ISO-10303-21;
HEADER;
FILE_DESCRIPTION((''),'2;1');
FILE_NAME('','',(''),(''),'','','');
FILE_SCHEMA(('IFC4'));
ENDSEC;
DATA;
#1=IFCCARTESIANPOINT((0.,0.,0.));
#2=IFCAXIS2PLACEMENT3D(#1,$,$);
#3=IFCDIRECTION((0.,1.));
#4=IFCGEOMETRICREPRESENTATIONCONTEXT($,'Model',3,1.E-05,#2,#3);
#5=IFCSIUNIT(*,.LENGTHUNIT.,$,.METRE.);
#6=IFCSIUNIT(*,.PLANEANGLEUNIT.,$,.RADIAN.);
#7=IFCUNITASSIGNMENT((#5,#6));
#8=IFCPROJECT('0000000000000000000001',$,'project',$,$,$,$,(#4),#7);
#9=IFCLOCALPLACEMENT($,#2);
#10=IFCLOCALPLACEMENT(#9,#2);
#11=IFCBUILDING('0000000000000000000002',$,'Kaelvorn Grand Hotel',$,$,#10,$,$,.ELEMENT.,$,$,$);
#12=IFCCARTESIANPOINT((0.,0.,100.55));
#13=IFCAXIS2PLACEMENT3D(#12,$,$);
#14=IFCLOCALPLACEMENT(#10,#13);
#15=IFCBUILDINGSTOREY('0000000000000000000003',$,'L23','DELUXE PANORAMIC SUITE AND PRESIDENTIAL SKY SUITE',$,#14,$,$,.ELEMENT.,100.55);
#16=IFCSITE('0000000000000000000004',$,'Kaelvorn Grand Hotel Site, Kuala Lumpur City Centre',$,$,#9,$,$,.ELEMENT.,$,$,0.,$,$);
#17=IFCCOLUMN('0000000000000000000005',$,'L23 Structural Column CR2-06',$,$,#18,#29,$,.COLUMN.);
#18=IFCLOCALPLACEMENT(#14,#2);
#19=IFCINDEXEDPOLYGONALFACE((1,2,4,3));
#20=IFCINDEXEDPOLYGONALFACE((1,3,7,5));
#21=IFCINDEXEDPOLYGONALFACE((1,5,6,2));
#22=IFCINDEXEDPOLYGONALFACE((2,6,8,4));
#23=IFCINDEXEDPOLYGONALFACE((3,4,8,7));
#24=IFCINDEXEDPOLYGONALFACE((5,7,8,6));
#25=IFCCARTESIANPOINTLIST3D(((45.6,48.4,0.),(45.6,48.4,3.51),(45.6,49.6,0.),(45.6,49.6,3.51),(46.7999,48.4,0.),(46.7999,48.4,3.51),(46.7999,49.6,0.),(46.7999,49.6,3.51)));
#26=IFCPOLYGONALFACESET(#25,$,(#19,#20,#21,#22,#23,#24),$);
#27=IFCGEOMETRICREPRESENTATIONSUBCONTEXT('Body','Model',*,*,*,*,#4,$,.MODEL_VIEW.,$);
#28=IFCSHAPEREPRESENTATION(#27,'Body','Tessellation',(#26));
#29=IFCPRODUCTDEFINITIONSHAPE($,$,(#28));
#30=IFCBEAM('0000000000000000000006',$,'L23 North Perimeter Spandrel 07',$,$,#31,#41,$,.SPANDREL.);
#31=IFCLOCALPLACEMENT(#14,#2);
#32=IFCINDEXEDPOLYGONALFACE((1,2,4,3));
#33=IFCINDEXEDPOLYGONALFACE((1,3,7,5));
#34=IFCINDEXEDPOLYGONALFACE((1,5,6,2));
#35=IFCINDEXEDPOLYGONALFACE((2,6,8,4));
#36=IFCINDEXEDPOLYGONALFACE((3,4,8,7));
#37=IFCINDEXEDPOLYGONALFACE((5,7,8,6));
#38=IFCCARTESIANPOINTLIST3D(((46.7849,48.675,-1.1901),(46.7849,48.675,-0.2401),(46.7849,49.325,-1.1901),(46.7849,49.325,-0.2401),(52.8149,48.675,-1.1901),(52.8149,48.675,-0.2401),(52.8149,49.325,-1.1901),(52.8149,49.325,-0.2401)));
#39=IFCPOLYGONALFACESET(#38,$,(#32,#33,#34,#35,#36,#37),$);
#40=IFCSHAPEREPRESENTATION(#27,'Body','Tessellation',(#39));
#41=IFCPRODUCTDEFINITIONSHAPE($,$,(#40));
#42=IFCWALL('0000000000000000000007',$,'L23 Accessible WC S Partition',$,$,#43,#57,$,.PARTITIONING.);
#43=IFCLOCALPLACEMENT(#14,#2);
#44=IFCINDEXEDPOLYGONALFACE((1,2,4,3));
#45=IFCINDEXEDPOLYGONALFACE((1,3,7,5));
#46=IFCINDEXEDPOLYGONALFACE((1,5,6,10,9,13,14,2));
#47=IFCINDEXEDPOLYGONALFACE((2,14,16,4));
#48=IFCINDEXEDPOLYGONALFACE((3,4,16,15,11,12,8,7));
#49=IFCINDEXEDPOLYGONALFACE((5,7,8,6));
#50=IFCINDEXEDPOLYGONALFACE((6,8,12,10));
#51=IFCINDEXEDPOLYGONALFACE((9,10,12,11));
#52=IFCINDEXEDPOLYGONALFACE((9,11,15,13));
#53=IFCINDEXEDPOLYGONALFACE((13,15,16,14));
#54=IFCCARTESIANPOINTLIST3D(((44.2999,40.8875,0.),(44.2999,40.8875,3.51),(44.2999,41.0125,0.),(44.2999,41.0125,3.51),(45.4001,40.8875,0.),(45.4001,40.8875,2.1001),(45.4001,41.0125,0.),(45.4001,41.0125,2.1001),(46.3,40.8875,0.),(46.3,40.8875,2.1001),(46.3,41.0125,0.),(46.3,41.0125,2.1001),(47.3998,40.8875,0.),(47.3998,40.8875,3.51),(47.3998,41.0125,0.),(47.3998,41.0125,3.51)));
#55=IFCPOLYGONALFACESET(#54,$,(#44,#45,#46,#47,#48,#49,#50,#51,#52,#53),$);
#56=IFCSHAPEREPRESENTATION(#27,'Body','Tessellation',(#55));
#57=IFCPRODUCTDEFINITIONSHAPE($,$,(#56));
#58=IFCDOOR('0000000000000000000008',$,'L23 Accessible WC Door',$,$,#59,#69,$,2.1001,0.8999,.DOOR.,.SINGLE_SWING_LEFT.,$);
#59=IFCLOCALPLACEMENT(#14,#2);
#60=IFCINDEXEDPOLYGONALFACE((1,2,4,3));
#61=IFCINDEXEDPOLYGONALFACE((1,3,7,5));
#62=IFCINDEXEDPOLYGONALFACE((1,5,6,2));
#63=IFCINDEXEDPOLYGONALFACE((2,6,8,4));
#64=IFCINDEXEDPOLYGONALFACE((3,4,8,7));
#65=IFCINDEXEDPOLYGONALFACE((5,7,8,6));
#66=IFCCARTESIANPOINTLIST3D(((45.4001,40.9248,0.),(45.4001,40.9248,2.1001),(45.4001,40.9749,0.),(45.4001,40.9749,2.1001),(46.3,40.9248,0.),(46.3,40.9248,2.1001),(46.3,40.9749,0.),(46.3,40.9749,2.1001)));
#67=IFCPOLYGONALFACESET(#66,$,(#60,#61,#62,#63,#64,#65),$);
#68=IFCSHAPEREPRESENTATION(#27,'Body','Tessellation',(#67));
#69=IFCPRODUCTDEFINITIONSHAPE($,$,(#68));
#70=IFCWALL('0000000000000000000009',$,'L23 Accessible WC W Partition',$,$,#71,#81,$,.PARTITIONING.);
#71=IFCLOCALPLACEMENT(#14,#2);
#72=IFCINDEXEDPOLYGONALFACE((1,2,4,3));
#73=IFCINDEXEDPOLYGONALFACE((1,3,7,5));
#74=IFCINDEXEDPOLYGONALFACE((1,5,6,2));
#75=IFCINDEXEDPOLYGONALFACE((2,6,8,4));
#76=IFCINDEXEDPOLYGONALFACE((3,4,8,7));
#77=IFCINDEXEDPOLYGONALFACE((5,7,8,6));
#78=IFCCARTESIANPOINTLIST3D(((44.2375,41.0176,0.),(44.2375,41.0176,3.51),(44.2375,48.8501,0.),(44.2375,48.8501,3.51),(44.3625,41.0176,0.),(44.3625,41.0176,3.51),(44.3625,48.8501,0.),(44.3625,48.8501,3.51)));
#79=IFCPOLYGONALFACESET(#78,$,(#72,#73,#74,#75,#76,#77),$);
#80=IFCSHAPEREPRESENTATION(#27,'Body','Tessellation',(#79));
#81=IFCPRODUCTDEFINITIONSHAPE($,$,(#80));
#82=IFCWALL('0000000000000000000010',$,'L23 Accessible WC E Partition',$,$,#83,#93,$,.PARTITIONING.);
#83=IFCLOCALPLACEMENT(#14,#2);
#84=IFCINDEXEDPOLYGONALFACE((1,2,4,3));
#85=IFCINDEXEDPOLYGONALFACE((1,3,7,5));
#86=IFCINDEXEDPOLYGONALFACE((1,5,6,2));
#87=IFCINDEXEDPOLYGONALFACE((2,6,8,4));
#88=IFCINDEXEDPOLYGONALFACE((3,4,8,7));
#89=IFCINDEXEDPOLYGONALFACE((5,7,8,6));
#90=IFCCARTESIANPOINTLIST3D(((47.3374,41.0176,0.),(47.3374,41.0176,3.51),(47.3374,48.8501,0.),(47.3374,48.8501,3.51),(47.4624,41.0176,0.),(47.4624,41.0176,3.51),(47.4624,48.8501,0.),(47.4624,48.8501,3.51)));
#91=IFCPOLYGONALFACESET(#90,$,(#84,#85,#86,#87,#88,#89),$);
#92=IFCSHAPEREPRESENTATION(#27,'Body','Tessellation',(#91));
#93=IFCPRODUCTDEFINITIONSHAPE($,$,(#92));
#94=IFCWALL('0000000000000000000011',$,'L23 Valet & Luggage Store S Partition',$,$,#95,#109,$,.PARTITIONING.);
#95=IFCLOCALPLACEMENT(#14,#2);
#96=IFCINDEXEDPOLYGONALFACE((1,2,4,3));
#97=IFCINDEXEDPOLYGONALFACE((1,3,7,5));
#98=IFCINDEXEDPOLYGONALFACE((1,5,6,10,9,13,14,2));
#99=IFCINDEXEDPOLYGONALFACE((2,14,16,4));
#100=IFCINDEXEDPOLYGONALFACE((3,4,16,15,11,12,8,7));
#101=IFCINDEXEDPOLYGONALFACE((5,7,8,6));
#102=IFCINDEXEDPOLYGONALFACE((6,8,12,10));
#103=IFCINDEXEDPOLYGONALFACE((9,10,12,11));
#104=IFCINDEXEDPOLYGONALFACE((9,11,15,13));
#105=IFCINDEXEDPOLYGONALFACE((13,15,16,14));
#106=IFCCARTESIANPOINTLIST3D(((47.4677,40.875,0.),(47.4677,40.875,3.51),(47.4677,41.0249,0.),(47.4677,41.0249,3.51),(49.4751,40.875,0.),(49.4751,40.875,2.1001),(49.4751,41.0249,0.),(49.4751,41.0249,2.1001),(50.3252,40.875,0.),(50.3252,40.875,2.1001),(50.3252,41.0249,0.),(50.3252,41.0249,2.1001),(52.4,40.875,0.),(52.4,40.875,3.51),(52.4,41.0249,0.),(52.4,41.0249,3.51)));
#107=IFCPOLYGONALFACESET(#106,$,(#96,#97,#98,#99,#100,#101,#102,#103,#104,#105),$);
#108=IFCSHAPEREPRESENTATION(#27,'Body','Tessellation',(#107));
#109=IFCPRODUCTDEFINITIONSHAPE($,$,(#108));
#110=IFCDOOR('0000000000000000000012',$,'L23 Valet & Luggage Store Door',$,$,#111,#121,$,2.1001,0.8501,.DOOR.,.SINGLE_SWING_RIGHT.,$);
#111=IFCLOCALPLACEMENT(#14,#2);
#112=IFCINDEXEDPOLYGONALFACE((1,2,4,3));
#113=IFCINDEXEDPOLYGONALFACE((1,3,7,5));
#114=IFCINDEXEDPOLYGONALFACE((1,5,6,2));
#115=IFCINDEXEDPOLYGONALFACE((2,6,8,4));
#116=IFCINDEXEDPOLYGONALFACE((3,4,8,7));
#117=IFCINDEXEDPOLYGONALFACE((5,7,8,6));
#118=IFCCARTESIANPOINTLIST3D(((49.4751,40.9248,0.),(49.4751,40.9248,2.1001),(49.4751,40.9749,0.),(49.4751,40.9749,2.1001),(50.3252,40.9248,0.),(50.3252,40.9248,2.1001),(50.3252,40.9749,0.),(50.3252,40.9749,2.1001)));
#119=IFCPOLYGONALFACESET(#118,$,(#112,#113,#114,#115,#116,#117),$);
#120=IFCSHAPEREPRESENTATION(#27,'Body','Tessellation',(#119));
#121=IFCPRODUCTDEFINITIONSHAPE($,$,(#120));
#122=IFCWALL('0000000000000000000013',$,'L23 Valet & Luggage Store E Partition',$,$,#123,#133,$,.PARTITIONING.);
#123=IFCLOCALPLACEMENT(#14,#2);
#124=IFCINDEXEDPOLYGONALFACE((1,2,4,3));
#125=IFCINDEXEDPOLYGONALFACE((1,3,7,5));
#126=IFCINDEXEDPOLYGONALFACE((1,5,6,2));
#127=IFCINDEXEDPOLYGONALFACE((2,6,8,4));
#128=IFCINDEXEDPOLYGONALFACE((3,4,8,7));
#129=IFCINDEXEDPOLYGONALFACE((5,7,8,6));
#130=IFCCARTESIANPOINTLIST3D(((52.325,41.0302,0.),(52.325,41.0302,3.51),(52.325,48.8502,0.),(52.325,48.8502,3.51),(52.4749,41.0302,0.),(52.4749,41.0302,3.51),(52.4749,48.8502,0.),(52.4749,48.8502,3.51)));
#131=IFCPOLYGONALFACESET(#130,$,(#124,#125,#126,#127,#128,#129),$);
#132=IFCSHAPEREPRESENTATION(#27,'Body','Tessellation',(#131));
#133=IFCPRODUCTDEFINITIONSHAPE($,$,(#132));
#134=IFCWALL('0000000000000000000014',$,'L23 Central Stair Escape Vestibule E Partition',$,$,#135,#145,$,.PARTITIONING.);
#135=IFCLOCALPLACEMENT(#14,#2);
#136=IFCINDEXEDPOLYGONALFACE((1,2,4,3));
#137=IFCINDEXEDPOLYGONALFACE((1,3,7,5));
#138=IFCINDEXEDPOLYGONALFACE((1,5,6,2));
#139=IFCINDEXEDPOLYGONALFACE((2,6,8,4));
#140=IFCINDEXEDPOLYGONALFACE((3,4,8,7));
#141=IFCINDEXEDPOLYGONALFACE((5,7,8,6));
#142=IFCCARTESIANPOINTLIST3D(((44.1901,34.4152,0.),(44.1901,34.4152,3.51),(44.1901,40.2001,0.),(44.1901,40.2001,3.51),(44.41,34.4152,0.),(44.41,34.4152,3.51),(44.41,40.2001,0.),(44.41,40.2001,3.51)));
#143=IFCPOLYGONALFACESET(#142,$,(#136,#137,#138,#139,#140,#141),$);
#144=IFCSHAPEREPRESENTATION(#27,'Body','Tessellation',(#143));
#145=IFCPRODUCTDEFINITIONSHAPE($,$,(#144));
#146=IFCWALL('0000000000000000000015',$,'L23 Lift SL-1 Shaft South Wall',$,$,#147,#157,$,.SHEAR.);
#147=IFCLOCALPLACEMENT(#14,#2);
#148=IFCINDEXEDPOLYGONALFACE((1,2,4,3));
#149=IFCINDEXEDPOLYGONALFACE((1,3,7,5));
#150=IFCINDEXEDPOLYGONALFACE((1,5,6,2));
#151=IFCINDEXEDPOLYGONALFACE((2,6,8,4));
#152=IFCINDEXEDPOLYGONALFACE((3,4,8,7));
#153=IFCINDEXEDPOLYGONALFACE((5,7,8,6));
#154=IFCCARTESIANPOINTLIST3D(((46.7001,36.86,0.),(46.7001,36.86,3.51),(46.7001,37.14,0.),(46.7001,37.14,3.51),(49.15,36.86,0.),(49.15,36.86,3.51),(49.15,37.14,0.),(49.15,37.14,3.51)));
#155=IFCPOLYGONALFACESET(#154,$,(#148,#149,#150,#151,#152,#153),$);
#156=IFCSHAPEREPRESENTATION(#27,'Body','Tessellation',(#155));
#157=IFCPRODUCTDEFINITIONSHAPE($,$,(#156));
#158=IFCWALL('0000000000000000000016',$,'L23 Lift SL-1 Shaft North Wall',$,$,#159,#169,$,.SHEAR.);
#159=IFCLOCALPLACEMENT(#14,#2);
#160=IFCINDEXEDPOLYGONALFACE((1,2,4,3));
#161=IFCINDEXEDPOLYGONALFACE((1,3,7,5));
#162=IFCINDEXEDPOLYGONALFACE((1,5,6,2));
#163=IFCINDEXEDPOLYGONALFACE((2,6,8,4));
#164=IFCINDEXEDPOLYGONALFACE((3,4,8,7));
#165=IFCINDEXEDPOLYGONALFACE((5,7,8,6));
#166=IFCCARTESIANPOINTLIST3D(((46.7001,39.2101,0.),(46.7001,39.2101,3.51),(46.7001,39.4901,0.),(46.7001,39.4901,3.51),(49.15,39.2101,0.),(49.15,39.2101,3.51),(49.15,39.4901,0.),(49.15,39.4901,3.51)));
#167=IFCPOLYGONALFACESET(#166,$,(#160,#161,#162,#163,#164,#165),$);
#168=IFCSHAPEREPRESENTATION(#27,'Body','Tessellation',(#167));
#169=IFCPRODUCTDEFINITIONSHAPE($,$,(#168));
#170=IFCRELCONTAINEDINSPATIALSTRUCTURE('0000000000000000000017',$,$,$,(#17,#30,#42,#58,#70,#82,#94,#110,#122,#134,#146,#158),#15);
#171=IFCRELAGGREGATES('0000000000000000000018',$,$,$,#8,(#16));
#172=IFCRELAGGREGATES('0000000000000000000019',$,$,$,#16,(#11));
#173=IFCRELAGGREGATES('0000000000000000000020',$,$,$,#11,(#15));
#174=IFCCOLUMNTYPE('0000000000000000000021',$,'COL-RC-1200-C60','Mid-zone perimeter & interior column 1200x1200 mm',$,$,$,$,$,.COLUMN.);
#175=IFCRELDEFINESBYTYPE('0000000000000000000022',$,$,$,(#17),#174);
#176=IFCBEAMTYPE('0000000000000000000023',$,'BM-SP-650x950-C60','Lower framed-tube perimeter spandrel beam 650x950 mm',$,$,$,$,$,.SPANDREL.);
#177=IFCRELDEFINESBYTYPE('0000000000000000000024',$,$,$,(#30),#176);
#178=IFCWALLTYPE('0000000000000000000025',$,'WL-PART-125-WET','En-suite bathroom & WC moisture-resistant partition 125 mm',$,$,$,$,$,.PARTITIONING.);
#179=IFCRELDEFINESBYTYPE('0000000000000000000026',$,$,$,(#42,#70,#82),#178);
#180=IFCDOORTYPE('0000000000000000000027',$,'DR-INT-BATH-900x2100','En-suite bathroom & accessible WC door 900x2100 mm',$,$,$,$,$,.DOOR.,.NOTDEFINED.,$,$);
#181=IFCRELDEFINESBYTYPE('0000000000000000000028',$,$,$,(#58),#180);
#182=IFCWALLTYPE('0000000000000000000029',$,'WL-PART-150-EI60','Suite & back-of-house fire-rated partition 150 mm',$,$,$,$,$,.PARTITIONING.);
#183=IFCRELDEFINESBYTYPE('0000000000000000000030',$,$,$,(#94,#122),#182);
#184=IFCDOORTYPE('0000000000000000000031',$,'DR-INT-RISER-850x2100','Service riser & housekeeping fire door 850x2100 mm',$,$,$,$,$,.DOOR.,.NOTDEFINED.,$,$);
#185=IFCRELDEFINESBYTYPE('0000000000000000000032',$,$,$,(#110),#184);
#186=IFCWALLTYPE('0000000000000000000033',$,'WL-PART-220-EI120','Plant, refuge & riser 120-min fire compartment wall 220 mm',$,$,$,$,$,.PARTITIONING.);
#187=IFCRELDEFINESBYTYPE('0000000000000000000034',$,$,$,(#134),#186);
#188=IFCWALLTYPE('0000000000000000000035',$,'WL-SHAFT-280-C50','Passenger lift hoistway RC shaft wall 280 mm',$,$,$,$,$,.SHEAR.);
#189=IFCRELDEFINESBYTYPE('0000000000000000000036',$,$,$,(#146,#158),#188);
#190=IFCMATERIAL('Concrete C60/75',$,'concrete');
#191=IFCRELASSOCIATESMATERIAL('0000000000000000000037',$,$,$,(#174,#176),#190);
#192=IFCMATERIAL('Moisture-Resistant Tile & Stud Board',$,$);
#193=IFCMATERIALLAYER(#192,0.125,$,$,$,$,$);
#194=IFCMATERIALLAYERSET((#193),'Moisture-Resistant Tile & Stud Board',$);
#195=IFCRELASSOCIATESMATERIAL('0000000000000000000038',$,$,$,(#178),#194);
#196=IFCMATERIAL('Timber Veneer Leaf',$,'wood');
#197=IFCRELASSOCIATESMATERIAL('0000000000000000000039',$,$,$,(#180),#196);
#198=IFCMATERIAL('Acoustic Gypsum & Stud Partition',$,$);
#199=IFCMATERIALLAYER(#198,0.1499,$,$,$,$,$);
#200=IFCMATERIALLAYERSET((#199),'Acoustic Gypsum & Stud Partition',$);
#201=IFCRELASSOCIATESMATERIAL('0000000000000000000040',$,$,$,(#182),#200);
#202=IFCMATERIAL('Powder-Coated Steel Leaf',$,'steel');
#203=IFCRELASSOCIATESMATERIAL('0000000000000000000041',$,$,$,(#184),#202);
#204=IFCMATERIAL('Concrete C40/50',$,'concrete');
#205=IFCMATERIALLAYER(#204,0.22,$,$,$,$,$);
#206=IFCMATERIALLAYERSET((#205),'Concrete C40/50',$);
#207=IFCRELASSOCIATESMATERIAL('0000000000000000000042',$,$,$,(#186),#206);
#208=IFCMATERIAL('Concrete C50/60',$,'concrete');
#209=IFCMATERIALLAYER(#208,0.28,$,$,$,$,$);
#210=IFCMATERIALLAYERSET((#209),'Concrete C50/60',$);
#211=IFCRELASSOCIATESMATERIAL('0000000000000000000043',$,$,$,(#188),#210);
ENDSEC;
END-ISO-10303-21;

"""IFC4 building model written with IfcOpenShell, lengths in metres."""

from ifc_helpers import new_model, si_unit, direction, frame, frame_2d, origin, origin_2d, place, context, subcontext, project, spatial, rectangle, extrude, material, layer, layer_set, material_profile, profile_set, type_object, element, fill, save


model = new_model("IFC4")

# Units and contexts
model_context = context("Model", 3, precision=1e-05, world=origin(), true_north=direction((0.0, 1.0)))
body_context = subcontext(model_context, "Body", "Model", "MODEL_VIEW")
ifc_project = project(units=[si_unit("LENGTHUNIT", "METRE"), si_unit("PLANEANGLEUNIT", "RADIAN")], contexts=[model_context])

# Site, building, storey
site_placement = place(None, origin())
site = spatial("IfcSite", under=ifc_project, at=site_placement, Name="Kaelvorn Grand Hotel Site, Kuala Lumpur City Centre", CompositionType="ELEMENT", RefElevation=0.0)
building_placement = place(site_placement, origin())
building = spatial("IfcBuilding", under=site, at=building_placement, Name="Kaelvorn Grand Hotel", CompositionType="ELEMENT")
storey_placement = place(building_placement, frame((0.0, 0.0, 100.55)))
storey = spatial("IfcBuildingStorey", under=building, at=storey_placement, Name="L23", Description="DELUXE PANORAMIC SUITE AND PRESIDENTIAL SKY SUITE", CompositionType="ELEMENT", Elevation=100.55)

# Column
ifc_material_1 = material(Name="Concrete C60/75", Category="concrete")
ifc_material_profile_1 = material_profile(ifc_material_1, rectangle(XDim=1.2, YDim=1.2, at=origin_2d()), Name="RC COL 1200x1200")
ifc_profile_set_1 = profile_set([ifc_material_profile_1], Name="Concrete C60/75")
column_type = type_object("IfcColumnType", Name="COL-RC-1200-C60", Description="Mid-zone perimeter & interior column 1200x1200 mm", PredefinedType="COLUMN", material=ifc_profile_set_1)
column_placement = place(storey_placement, frame((46.2, 49.0, 0.0), z_axis=(0.0, 0.0, 1.0), x_axis=(1.0, 0.0, 0.0)))
element("IfcColumn", 1, at=column_placement, inside=storey, type_object=column_type, Name="L23 Structural Column CR2-06", PredefinedType="COLUMN", context=body_context, shape_type="SweptSolid", body=[
    extrude(rectangle(XDim=1.2, YDim=1.2, at=origin_2d()), origin(), (0.0, 0.0, 1.0), 3.51),
])

# Beam
ifc_material_profile_2 = material_profile(ifc_material_1, rectangle(XDim=0.6499, YDim=0.95, at=origin_2d()), Name="RC SPANDREL 650x950")
ifc_profile_set_2 = profile_set([ifc_material_profile_2], Name="Concrete C60/75")
beam_type = type_object("IfcBeamType", Name="BM-SP-650x950-C60", Description="Lower framed-tube perimeter spandrel beam 650x950 mm", PredefinedType="SPANDREL", material=ifc_profile_set_2)
beam_placement = place(storey_placement, frame((46.7849, 49.0, -0.7151), z_axis=(1.0, 0.0, 0.0), x_axis=(0.0, 1.0, 0.0)))
element("IfcBeam", 2, at=beam_placement, inside=storey, type_object=beam_type, Name="L23 North Perimeter Spandrel 07", PredefinedType="SPANDREL", context=body_context, shape_type="SweptSolid", body=[
    extrude(rectangle(XDim=0.6499, YDim=0.95, at=origin_2d()), origin(), (0.0, 0.0, 1.0), 6.03),
])

# Wall, opening, door
ifc_material_2 = material(Name="Moisture-Resistant Tile & Stud Board")
ifc_layer_1 = layer(ifc_material_2, 0.125)
ifc_layer_set_1 = layer_set([ifc_layer_1], Name="Moisture-Resistant Tile & Stud Board")
wall_type_1 = type_object("IfcWallType", Name="WL-PART-125-WET", Description="En-suite bathroom & WC moisture-resistant partition 125 mm", PredefinedType="PARTITIONING", material=ifc_layer_set_1)
wall_1_placement = place(storey_placement, frame((44.3, 40.95, 0.0), z_axis=(0.0, 0.0, 1.0), x_axis=(1.0, 0.0, 0.0)))
wall_1 = element("IfcWall", 3, at=wall_1_placement, inside=storey, type_object=wall_type_1, Name="L23 Accessible WC S Partition", PredefinedType="PARTITIONING", context=body_context, shape_type="SweptSolid", body=[
    extrude(rectangle(XDim=3.0999, YDim=0.125, at=frame_2d((1.5498, 0.0))), origin(), (0.0, 0.0, 1.0), 3.51),
])
opening_1_placement = place(wall_1_placement, frame((1.1001, 0.0, 0.0)))
opening_1 = element("IfcOpeningElement", 4, at=opening_1_placement, cuts=wall_1, PredefinedType="OPENING", context=body_context, shape_type="SweptSolid", body=[
    extrude(rectangle(XDim=0.8999, YDim=2.1001, at=frame_2d((0.45, 1.05))), frame((0.0, 0.0725, 0.0), z_axis=(0.0, -1.0, 0.0), x_axis=(1.0, 0.0, 0.0)), (0.0, 0.0, 1.0), 0.145),
])
ifc_material_3 = material(Name="Timber Veneer Leaf", Category="wood")
door_type_1 = type_object("IfcDoorType", Name="DR-INT-BATH-900x2100", Description="En-suite bathroom & accessible WC door 900x2100 mm", OperationType="NOTDEFINED", PredefinedType="DOOR", material=ifc_material_3)
door_1_placement = place(opening_1_placement, origin())
door_1 = element("IfcDoor", 5, at=door_1_placement, inside=storey, type_object=door_type_1, Name="L23 Accessible WC Door", OperationType="SINGLE_SWING_LEFT", OverallHeight=2.1001, OverallWidth=0.8999, PredefinedType="DOOR", context=body_context, shape_type="SweptSolid", body=[
    extrude(rectangle(XDim=0.8999, YDim=2.1001, at=frame_2d((0.45, 1.05))), frame((0.0, 0.0249, 0.0), z_axis=(0.0, -1.0, 0.0), x_axis=(1.0, 0.0, 0.0)), (0.0, 0.0, 1.0), 0.05),
])
fill(opening_1, door_1)

# Walls
for number, where, z_axis, x_axis, name in (
    (6, (44.3, 41.0176, 0.0), (0.0, 0.0, 1.0), (0.0, 1.0, 0.0), "L23 Accessible WC W Partition"),
    (7, (47.3999, 41.0176, 0.0), (0.0, 0.0, 1.0), (0.0, 1.0, 0.0), "L23 Accessible WC E Partition"),
):
    element("IfcWall", number, at=place(storey_placement, frame(where, z_axis=z_axis, x_axis=x_axis)), inside=storey, type_object=wall_type_1, Name=name, PredefinedType="PARTITIONING", context=body_context, shape_type="SweptSolid", body=[
        extrude(rectangle(XDim=7.8325, YDim=0.125, at=frame_2d((3.9163, 0.0))), origin(), (0.0, 0.0, 1.0), 3.51),
    ])

# Wall, opening, door
ifc_material_4 = material(Name="Acoustic Gypsum & Stud Partition")
ifc_layer_2 = layer(ifc_material_4, 0.1499)
ifc_layer_set_2 = layer_set([ifc_layer_2], Name="Acoustic Gypsum & Stud Partition")
wall_type_2 = type_object("IfcWallType", Name="WL-PART-150-EI60", Description="Suite & back-of-house fire-rated partition 150 mm", PredefinedType="PARTITIONING", material=ifc_layer_set_2)
wall_2_placement = place(storey_placement, frame((47.4675, 40.95, 0.0), z_axis=(0.0, 0.0, 1.0), x_axis=(1.0, 0.0, 0.0)))
wall_2 = element("IfcWall", 8, at=wall_2_placement, inside=storey, type_object=wall_type_2, Name="L23 Valet & Luggage Store S Partition", PredefinedType="PARTITIONING", context=body_context, shape_type="SweptSolid", body=[
    extrude(rectangle(XDim=4.9324, YDim=0.1499, at=frame_2d((2.4663, 0.0))), origin(), (0.0, 0.0, 1.0), 3.51),
])
opening_2_placement = place(wall_2_placement, frame((2.0076, 0.0, 0.0)))
opening_2 = element("IfcOpeningElement", 9, at=opening_2_placement, cuts=wall_2, PredefinedType="OPENING", context=body_context, shape_type="SweptSolid", body=[
    extrude(rectangle(XDim=0.8501, YDim=2.1001, at=frame_2d((0.425, 1.05))), frame((0.0, 0.085, 0.0), z_axis=(0.0, -1.0, 0.0), x_axis=(1.0, 0.0, 0.0)), (0.0, 0.0, 1.0), 0.1699),
])
ifc_material_5 = material(Name="Powder-Coated Steel Leaf", Category="steel")
door_type_2 = type_object("IfcDoorType", Name="DR-INT-RISER-850x2100", Description="Service riser & housekeeping fire door 850x2100 mm", OperationType="NOTDEFINED", PredefinedType="DOOR", material=ifc_material_5)
door_2_placement = place(opening_2_placement, origin())
door_2 = element("IfcDoor", 10, at=door_2_placement, inside=storey, type_object=door_type_2, Name="L23 Valet & Luggage Store Door", OperationType="SINGLE_SWING_RIGHT", OverallHeight=2.1001, OverallWidth=0.8501, PredefinedType="DOOR", context=body_context, shape_type="SweptSolid", body=[
    extrude(rectangle(XDim=0.8501, YDim=2.1001, at=frame_2d((0.425, 1.05))), frame((0.0, 0.0249, 0.0), z_axis=(0.0, -1.0, 0.0), x_axis=(1.0, 0.0, 0.0)), (0.0, 0.0, 1.0), 0.05),
])
fill(opening_2, door_2)

# Walls
wall_3_placement = place(storey_placement, frame((52.3999, 41.03, 0.0), z_axis=(0.0, 0.0, 1.0), x_axis=(0.0, 1.0, 0.0)))
element("IfcWall", 11, at=wall_3_placement, inside=storey, type_object=wall_type_2, Name="L23 Valet & Luggage Store E Partition", PredefinedType="PARTITIONING", context=body_context, shape_type="SweptSolid", body=[
    extrude(rectangle(XDim=7.8201, YDim=0.1499, at=frame_2d((3.9102, 0.0))), origin(), (0.0, 0.0, 1.0), 3.51),
])
ifc_material_6 = material(Name="Concrete C40/50", Category="concrete")
ifc_layer_3 = layer(ifc_material_6, 0.22)
ifc_layer_set_3 = layer_set([ifc_layer_3], Name="Concrete C40/50")
wall_type_3 = type_object("IfcWallType", Name="WL-PART-220-EI120", Description="Plant, refuge & riser 120-min fire compartment wall 220 mm", PredefinedType="PARTITIONING", material=ifc_layer_set_3)
wall_4_placement = place(storey_placement, frame((44.3, 34.415, 0.0), z_axis=(0.0, 0.0, 1.0), x_axis=(0.0, 1.0, 0.0)))
element("IfcWall", 12, at=wall_4_placement, inside=storey, type_object=wall_type_3, Name="L23 Central Stair Escape Vestibule E Partition", PredefinedType="PARTITIONING", context=body_context, shape_type="SweptSolid", body=[
    extrude(rectangle(XDim=5.7849, YDim=0.22, at=frame_2d((2.8926, 0.0))), origin(), (0.0, 0.0, 1.0), 3.51),
])
ifc_material_7 = material(Name="Concrete C50/60", Category="concrete")
ifc_layer_4 = layer(ifc_material_7, 0.28)
ifc_layer_set_4 = layer_set([ifc_layer_4], Name="Concrete C50/60")
wall_type_4 = type_object("IfcWallType", Name="WL-SHAFT-280-C50", Description="Passenger lift hoistway RC shaft wall 280 mm", PredefinedType="SHEAR", material=ifc_layer_set_4)
for number, where, z_axis, x_axis, name in (
    (13, (46.7, 37.0, 0.0), (0.0, 0.0, 1.0), (1.0, 0.0, 0.0), "L23 Lift SL-1 Shaft South Wall"),
    (14, (46.7, 39.3501, 0.0), (0.0, 0.0, 1.0), (1.0, 0.0, 0.0), "L23 Lift SL-1 Shaft North Wall"),
):
    element("IfcWall", number, at=place(storey_placement, frame(where, z_axis=z_axis, x_axis=x_axis)), inside=storey, type_object=wall_type_4, Name=name, PredefinedType="SHEAR", context=body_context, shape_type="SweptSolid", body=[
        extrude(rectangle(XDim=2.45, YDim=0.28, at=frame_2d((1.2251, 0.0))), origin(), (0.0, 0.0, 1.0), 3.51),
    ])

save(model, "model.ifc")
